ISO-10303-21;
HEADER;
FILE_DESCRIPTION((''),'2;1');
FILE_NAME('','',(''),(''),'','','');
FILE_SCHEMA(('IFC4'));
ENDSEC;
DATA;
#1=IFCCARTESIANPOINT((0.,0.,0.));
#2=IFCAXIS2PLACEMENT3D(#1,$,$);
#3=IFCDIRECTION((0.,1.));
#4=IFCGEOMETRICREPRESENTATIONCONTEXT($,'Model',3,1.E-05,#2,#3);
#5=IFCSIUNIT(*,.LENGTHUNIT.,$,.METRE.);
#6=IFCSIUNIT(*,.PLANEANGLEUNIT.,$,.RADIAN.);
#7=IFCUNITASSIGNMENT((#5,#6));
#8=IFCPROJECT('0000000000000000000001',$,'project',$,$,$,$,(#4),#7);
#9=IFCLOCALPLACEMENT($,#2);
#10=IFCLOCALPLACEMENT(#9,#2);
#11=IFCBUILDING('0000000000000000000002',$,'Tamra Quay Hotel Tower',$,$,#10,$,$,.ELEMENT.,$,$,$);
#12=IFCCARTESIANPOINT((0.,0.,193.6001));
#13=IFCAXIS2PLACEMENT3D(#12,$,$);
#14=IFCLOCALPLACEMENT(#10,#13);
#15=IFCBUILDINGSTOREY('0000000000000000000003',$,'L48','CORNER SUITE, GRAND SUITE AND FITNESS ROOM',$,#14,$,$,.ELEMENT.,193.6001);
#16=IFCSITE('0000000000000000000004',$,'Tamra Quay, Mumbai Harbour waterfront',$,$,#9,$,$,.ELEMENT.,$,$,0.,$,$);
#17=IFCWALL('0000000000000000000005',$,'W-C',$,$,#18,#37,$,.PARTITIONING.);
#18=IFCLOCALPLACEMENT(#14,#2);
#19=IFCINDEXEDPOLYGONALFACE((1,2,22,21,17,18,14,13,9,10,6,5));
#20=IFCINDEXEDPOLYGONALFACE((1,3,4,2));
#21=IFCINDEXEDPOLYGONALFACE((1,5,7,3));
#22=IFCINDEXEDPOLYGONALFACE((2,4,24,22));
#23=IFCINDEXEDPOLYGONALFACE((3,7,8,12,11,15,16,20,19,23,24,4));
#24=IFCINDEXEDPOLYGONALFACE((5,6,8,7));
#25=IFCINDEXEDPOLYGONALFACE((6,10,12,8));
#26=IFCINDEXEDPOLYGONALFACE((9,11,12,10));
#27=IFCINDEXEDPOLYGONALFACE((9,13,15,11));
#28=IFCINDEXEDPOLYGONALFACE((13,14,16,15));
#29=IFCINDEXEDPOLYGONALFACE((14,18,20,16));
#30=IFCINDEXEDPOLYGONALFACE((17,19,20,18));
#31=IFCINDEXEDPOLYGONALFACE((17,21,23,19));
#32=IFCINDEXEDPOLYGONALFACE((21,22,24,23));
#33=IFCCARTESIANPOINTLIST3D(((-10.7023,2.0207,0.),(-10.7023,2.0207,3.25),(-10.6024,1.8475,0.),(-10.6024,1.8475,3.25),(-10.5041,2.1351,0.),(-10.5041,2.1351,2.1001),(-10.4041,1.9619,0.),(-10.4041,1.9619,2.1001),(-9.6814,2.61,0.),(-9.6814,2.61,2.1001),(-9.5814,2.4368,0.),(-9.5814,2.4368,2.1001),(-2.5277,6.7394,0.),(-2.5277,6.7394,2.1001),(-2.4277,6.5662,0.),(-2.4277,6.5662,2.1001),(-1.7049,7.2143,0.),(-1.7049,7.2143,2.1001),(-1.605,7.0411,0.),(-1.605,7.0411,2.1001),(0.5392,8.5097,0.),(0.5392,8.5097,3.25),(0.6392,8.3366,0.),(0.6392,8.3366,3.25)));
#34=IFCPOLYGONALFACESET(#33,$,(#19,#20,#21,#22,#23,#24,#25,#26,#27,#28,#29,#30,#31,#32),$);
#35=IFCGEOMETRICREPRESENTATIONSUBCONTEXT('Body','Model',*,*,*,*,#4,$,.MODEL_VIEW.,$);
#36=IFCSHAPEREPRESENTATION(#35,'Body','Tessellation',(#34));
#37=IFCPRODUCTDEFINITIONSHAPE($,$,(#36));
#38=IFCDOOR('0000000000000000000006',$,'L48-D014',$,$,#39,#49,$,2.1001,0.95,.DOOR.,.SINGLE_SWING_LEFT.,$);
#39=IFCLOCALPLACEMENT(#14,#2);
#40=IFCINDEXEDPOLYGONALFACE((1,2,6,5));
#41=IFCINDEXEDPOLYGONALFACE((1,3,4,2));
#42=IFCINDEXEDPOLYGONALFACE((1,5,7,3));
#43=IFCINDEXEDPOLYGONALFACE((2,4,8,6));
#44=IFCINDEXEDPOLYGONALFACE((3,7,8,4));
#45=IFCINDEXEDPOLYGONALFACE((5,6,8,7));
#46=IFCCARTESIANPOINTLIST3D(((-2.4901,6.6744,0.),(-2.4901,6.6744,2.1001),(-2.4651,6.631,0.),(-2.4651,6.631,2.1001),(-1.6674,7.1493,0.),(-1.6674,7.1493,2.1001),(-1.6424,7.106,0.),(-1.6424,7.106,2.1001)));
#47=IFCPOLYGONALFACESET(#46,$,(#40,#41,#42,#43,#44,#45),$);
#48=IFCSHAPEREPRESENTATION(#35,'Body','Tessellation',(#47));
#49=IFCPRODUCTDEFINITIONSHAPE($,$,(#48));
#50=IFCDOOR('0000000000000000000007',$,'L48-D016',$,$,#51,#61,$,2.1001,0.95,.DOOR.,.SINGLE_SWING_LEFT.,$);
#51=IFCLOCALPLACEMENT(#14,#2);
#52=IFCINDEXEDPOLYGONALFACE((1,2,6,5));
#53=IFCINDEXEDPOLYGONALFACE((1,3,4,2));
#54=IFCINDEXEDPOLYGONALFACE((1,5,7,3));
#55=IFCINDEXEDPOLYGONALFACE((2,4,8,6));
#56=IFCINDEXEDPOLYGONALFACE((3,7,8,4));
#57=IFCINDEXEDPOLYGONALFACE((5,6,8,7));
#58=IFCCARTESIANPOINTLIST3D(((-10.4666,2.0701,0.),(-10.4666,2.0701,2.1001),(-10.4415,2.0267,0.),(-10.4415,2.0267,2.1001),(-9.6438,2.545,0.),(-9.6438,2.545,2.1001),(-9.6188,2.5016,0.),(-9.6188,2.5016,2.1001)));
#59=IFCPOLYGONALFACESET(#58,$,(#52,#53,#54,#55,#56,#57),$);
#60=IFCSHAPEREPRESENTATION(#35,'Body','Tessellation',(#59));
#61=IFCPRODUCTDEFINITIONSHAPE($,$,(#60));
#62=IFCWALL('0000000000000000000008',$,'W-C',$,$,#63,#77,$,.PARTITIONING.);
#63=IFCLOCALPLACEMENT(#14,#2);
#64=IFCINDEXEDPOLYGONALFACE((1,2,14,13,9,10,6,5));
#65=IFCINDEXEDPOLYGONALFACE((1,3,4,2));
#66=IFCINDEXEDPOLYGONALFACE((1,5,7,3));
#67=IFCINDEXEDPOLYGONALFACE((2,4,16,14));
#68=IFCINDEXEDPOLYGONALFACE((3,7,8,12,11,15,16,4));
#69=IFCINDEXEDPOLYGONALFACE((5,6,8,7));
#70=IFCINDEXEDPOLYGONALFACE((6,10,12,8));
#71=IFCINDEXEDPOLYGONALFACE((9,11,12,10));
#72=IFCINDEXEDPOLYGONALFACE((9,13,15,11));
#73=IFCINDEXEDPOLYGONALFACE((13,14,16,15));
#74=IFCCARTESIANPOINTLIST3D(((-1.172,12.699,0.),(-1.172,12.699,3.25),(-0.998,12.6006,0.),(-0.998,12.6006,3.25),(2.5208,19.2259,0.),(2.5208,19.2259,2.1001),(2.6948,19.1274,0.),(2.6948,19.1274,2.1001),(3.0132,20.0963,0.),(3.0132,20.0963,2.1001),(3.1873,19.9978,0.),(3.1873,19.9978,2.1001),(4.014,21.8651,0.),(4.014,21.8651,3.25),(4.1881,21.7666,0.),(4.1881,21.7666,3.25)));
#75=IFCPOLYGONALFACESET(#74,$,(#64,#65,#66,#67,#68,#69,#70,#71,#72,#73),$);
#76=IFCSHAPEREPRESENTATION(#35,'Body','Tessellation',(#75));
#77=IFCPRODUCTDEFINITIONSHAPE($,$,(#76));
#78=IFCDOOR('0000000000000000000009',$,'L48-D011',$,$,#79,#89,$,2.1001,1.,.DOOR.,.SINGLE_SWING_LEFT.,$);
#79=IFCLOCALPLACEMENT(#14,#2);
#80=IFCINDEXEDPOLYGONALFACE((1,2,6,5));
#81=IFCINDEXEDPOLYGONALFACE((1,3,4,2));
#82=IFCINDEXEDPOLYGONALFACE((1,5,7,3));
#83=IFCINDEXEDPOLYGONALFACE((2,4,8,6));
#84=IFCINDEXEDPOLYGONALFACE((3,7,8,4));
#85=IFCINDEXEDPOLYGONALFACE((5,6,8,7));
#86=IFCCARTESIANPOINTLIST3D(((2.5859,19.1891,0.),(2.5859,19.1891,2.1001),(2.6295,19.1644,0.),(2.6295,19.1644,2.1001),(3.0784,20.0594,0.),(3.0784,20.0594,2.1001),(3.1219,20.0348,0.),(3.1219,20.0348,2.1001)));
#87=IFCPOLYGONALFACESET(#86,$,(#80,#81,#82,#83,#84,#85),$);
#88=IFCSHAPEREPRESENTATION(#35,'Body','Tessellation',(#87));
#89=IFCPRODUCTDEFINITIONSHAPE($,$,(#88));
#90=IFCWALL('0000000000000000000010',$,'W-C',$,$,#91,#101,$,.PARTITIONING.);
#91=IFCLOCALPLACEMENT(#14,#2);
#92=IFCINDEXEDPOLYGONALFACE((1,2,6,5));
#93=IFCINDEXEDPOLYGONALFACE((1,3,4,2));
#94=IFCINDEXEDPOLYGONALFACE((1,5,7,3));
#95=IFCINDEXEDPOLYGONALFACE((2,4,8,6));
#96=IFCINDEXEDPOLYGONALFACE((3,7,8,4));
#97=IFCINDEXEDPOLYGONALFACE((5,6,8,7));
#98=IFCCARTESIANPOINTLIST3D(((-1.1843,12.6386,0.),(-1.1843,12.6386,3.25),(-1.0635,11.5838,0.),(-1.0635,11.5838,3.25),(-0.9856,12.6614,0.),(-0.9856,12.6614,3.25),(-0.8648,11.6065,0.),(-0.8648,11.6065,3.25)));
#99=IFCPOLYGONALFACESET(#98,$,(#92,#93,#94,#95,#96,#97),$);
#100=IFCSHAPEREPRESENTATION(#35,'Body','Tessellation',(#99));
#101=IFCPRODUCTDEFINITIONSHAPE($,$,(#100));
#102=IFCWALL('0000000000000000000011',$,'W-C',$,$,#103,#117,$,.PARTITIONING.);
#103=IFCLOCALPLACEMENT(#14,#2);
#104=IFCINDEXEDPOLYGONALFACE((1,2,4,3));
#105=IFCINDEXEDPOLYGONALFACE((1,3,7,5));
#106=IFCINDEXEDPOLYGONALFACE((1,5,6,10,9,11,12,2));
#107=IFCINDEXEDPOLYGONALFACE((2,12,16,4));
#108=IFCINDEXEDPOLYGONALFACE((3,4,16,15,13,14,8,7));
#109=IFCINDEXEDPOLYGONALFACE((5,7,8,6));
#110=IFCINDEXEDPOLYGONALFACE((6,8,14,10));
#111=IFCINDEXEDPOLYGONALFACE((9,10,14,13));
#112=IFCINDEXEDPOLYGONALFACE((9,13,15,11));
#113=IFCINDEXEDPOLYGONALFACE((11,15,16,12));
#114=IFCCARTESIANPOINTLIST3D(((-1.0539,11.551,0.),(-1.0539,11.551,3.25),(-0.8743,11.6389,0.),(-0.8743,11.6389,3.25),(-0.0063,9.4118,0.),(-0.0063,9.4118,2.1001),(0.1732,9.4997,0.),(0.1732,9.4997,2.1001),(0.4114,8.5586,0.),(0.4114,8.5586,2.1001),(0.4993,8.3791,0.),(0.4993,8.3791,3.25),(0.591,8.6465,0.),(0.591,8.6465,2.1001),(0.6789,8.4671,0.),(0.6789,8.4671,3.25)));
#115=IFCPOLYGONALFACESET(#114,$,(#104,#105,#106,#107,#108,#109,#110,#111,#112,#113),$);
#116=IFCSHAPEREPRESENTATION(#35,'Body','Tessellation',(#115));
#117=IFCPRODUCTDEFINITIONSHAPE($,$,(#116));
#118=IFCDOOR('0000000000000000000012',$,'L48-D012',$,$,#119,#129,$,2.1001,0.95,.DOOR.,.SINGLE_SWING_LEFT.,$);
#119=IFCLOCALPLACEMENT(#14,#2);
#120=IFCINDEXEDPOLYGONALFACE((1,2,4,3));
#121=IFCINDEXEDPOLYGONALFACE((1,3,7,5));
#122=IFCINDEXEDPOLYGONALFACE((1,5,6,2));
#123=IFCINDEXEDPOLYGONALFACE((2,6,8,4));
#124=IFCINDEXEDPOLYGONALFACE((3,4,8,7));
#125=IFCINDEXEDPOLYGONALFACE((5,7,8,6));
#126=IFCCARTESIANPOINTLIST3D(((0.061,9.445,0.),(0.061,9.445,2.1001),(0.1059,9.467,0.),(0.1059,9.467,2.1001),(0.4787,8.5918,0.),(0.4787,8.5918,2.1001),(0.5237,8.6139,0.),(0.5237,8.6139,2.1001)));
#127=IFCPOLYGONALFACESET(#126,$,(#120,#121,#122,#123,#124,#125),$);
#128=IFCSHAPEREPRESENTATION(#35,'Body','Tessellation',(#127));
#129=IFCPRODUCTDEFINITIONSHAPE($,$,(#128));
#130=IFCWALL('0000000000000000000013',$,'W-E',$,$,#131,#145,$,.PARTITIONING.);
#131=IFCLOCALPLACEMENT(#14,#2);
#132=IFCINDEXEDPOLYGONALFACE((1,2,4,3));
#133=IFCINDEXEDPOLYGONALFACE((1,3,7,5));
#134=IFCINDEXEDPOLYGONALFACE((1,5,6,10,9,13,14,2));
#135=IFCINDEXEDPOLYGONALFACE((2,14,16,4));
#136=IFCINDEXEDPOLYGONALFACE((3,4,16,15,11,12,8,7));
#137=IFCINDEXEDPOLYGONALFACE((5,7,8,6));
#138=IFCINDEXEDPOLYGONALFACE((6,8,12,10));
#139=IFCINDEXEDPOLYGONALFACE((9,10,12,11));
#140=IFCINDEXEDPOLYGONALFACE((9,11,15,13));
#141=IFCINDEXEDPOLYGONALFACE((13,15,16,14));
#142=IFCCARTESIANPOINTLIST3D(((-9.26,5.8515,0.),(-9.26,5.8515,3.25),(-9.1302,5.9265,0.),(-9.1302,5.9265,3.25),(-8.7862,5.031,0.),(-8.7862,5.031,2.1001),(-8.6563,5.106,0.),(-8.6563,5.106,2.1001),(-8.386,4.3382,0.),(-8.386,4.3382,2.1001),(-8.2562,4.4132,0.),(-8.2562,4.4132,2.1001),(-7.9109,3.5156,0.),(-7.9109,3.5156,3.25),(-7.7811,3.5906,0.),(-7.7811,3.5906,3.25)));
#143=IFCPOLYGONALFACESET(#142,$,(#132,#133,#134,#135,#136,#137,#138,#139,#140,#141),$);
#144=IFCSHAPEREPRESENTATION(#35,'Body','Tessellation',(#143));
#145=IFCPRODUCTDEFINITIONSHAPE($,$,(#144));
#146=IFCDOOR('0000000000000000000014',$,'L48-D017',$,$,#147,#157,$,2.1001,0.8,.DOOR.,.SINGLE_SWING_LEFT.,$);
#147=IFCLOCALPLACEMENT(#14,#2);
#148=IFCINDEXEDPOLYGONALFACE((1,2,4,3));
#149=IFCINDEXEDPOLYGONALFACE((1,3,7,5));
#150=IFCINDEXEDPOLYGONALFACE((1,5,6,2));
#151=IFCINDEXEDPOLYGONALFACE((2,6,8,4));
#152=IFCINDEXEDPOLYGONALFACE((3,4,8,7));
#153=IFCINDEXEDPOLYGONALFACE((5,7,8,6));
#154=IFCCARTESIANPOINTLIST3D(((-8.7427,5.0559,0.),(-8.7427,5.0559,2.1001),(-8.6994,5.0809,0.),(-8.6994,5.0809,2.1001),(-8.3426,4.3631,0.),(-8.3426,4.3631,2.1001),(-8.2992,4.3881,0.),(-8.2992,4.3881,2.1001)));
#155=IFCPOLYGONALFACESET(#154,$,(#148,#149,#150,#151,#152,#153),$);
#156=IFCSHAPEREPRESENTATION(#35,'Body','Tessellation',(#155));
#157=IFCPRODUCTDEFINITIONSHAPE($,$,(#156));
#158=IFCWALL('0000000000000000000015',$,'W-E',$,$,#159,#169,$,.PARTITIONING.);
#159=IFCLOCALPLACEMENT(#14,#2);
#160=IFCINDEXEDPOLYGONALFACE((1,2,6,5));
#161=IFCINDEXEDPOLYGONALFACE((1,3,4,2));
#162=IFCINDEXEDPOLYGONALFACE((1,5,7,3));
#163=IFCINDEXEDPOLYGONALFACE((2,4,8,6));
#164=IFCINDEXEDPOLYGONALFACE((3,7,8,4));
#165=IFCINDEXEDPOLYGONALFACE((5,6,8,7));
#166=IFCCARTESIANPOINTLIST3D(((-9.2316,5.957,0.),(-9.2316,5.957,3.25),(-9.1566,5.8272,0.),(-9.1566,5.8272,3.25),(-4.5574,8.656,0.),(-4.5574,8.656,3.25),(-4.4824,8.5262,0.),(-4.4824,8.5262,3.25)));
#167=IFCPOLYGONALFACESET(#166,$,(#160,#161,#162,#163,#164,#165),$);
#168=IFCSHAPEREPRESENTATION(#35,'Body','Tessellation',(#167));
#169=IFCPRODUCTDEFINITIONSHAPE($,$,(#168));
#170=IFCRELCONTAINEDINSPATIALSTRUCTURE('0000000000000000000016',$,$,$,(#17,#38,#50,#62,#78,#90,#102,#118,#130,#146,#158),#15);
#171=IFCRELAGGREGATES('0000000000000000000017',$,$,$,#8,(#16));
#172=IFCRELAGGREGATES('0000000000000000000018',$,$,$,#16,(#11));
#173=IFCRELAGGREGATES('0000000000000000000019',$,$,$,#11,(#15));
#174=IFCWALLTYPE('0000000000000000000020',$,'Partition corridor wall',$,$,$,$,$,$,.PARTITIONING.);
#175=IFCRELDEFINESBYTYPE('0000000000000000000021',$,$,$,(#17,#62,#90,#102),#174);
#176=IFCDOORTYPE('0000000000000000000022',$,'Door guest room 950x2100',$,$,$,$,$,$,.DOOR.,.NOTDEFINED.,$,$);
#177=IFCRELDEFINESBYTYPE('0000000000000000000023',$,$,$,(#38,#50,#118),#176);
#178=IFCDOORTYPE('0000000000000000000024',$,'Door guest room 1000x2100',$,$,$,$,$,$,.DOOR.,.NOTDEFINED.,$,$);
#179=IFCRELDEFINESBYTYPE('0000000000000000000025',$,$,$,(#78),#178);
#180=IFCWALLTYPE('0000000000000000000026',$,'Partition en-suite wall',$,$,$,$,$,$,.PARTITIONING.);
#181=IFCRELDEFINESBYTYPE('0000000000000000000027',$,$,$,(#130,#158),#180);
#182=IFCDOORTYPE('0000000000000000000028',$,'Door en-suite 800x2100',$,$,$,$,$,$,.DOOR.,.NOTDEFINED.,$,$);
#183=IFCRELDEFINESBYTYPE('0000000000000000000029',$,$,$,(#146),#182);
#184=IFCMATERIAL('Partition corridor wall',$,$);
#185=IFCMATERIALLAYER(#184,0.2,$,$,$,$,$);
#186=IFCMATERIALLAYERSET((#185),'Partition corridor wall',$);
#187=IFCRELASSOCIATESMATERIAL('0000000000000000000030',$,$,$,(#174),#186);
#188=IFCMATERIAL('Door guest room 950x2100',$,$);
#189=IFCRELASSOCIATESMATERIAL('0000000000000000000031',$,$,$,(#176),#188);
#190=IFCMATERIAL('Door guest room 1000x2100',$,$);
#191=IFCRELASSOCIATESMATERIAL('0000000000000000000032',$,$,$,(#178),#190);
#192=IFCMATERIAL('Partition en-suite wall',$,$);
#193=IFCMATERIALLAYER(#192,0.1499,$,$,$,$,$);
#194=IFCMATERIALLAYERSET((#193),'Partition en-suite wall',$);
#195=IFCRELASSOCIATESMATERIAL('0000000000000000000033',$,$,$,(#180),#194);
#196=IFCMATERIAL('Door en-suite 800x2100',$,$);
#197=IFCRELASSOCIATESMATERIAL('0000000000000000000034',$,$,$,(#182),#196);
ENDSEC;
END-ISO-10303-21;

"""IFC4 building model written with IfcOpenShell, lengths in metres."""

from ifc_helpers import new_model, si_unit, direction, frame, frame_2d, origin, place, context, subcontext, project, spatial, rectangle, extrude, material, layer, layer_set, type_object, element, fill, save


model = new_model("IFC4")

# Units and contexts
model_context = context("Model", 3, precision=1e-05, world=origin(), true_north=direction((0.0, 1.0)))
body_context = subcontext(model_context, "Body", "Model", "MODEL_VIEW")
ifc_project = project(units=[si_unit("LENGTHUNIT", "METRE"), si_unit("PLANEANGLEUNIT", "RADIAN")], contexts=[model_context])

# Site, building, storey
site_placement = place(None, origin())
site = spatial("IfcSite", under=ifc_project, at=site_placement, Name="Tamra Quay, Mumbai Harbour waterfront", CompositionType="ELEMENT", RefElevation=0.0)
building_placement = place(site_placement, origin())
building = spatial("IfcBuilding", under=site, at=building_placement, Name="Tamra Quay Hotel Tower", CompositionType="ELEMENT")
storey_placement = place(building_placement, frame((0.0, 0.0, 193.6001)))
storey = spatial("IfcBuildingStorey", under=building, at=storey_placement, Name="L48", Description="CORNER SUITE, GRAND SUITE AND FITNESS ROOM", CompositionType="ELEMENT", Elevation=193.6001)

# Wall, openings, doors
ifc_material_1 = material(Name="Partition corridor wall")
ifc_layer_1 = layer(ifc_material_1, 0.2)
ifc_layer_set_1 = layer_set([ifc_layer_1], Name="Partition corridor wall")
wall_type_1 = type_object("IfcWallType", Name="Partition corridor wall", PredefinedType="PARTITIONING", material=ifc_layer_set_1)
wall_1_placement = place(storey_placement, frame((-10.6523, 1.9341, 0.0), z_axis=(0.0, 0.0, 1.0), x_axis=(0.866067, 0.499928, 0.0)))
wall_1 = element("IfcWall", 1, at=wall_1_placement, inside=storey, type_object=wall_type_1, Name="W-C", PredefinedType="PARTITIONING", context=body_context, shape_type="SweptSolid", body=[
    extrude(rectangle(XDim=12.98, YDim=0.2, at=frame_2d((6.49, 0.0))), origin(), (0.0, 0.0, 1.0), 3.25),
])
opening_1_placement = place(wall_1_placement, frame((9.4387, 0.0, 0.0)))
opening_1 = element("IfcOpeningElement", 2, at=opening_1_placement, cuts=wall_1, PredefinedType="OPENING", context=body_context, shape_type="SweptSolid", body=[
    extrude(rectangle(XDim=0.95, YDim=2.1001, at=frame_2d((0.4751, 1.05))), frame((0.0, 0.1099, 0.0), z_axis=(0.0, -1.0, 0.0), x_axis=(1.0, 0.0, 0.0)), (0.0, 0.0, 1.0), 0.22),
])
opening_2_placement = place(wall_1_placement, frame((0.2288, 0.0, 0.0)))
opening_2 = element("IfcOpeningElement", 3, at=opening_2_placement, cuts=wall_1, PredefinedType="OPENING", context=body_context, shape_type="SweptSolid", body=[
    extrude(rectangle(XDim=0.95, YDim=2.1001, at=frame_2d((0.4751, 1.05))), frame((0.0, 0.1099, 0.0), z_axis=(0.0, -1.0, 0.0), x_axis=(1.0, 0.0, 0.0)), (0.0, 0.0, 1.0), 0.22),
])
ifc_material_2 = material(Name="Door guest room 950x2100")
door_type_1 = type_object("IfcDoorType", Name="Door guest room 950x2100", OperationType="NOTDEFINED", PredefinedType="DOOR", material=ifc_material_2)
door_1_placement = place(opening_1_placement, origin())
door_1 = element("IfcDoor", 4, at=door_1_placement, inside=storey, type_object=door_type_1, Name="L48-D014", OperationType="SINGLE_SWING_LEFT", OverallHeight=2.1001, OverallWidth=0.95, PredefinedType="DOOR", context=body_context, shape_type="SweptSolid", body=[
    extrude(rectangle(XDim=0.95, YDim=2.1001, at=frame_2d((0.4751, 1.05))), frame((0.0, 0.0249, 0.0), z_axis=(0.0, -1.0, 0.0), x_axis=(1.0, 0.0, 0.0)), (0.0, 0.0, 1.0), 0.05),
])
fill(opening_1, door_1)
door_2_placement = place(opening_2_placement, origin())
door_2 = element("IfcDoor", 5, at=door_2_placement, inside=storey, type_object=door_type_1, Name="L48-D016", OperationType="SINGLE_SWING_LEFT", OverallHeight=2.1001, OverallWidth=0.95, PredefinedType="DOOR", context=body_context, shape_type="SweptSolid", body=[
    extrude(rectangle(XDim=0.95, YDim=2.1001, at=frame_2d((0.4751, 1.05))), frame((0.0, 0.0249, 0.0), z_axis=(0.0, -1.0, 0.0), x_axis=(1.0, 0.0, 0.0)), (0.0, 0.0, 1.0), 0.05),
])
fill(opening_2, door_2)

# Wall, opening, door
wall_2_placement = place(storey_placement, frame((-1.085, 12.6499, 0.0), z_axis=(0.0, 0.0, 1.0), x_axis=(0.492435, 0.870349, 0.0)))
wall_2 = element("IfcWall", 6, at=wall_2_placement, inside=storey, type_object=wall_type_1, Name="W-C", PredefinedType="PARTITIONING", context=body_context, shape_type="SweptSolid", body=[
    extrude(rectangle(XDim=10.5315, YDim=0.2, at=frame_2d((5.2656, 0.0))), origin(), (0.0, 0.0, 1.0), 3.25),
])
opening_3_placement = place(wall_2_placement, frame((7.499, 0.0, 0.0)))
opening_3 = element("IfcOpeningElement", 7, at=opening_3_placement, cuts=wall_2, PredefinedType="OPENING", context=body_context, shape_type="SweptSolid", body=[
    extrude(rectangle(XDim=1.0, YDim=2.1001, at=frame_2d((0.5, 1.05))), frame((0.0, 0.1099, 0.0), z_axis=(0.0, -1.0, 0.0), x_axis=(1.0, 0.0, 0.0)), (0.0, 0.0, 1.0), 0.22),
])
ifc_material_3 = material(Name="Door guest room 1000x2100")
door_type_2 = type_object("IfcDoorType", Name="Door guest room 1000x2100", OperationType="NOTDEFINED", PredefinedType="DOOR", material=ifc_material_3)
door_3_placement = place(opening_3_placement, frame((1.0, 0.0, 0.0), z_axis=(0.0, 0.0, 1.0), x_axis=(-1.0, 0.0, 0.0)))
door_3 = element("IfcDoor", 8, at=door_3_placement, inside=storey, type_object=door_type_2, Name="L48-D011", OperationType="SINGLE_SWING_LEFT", OverallHeight=2.1001, OverallWidth=1.0, PredefinedType="DOOR", context=body_context, shape_type="SweptSolid", body=[
    extrude(rectangle(XDim=1.0, YDim=2.1001, at=frame_2d((0.5, 1.05))), frame((0.0, 0.0249, 0.0), z_axis=(0.0, -1.0, 0.0), x_axis=(1.0, 0.0, 0.0)), (0.0, 0.0, 1.0), 0.05),
])
fill(opening_3, door_3)

# Wall
wall_3_placement = place(storey_placement, frame((-1.085, 12.6499, 0.0), z_axis=(0.0, 0.0, 1.0), x_axis=(0.113812, -0.993502, 0.0)))
element("IfcWall", 9, at=wall_3_placement, inside=storey, type_object=wall_type_1, Name="W-C", PredefinedType="PARTITIONING", context=body_context, shape_type="SweptSolid", body=[
    extrude(rectangle(XDim=1.0618, YDim=0.2, at=frame_2d((0.5308, 0.0))), origin(), (0.0, 0.0, 1.0), 3.25),
])

# Walls, openings, doors
wall_4_placement = place(storey_placement, frame((-0.9641, 11.595, 0.0), z_axis=(0.0, 0.0, 1.0), x_axis=(0.439788, -0.898102, 0.0)))
wall_4 = element("IfcWall", 10, at=wall_4_placement, inside=storey, type_object=wall_type_1, Name="W-C", PredefinedType="PARTITIONING", context=body_context, shape_type="SweptSolid", body=[
    extrude(rectangle(XDim=3.5317, YDim=0.2, at=frame_2d((1.7659, 0.0))), origin(), (0.0, 0.0, 1.0), 3.25),
])
opening_4_placement = place(wall_4_placement, frame((2.3818, 0.0, 0.0)))
opening_4 = element("IfcOpeningElement", 11, at=opening_4_placement, cuts=wall_4, PredefinedType="OPENING", context=body_context, shape_type="SweptSolid", body=[
    extrude(rectangle(XDim=0.95, YDim=2.1001, at=frame_2d((0.4751, 1.05))), frame((0.0, 0.1099, 0.0), z_axis=(0.0, -1.0, 0.0), x_axis=(1.0, 0.0, 0.0)), (0.0, 0.0, 1.0), 0.22),
])
door_4_placement = place(opening_4_placement, frame((0.95, 0.0, 0.0), z_axis=(0.0, 0.0, 1.0), x_axis=(-1.0, 0.0, 0.0)))
door_4 = element("IfcDoor", 12, at=door_4_placement, inside=storey, type_object=door_type_1, Name="L48-D012", OperationType="SINGLE_SWING_LEFT", OverallHeight=2.1001, OverallWidth=0.95, PredefinedType="DOOR", context=body_context, shape_type="SweptSolid", body=[
    extrude(rectangle(XDim=0.95, YDim=2.1001, at=frame_2d((0.4751, 1.05))), frame((0.0, 0.0249, 0.0), z_axis=(0.0, -1.0, 0.0), x_axis=(1.0, 0.0, 0.0)), (0.0, 0.0, 1.0), 0.05),
])
fill(opening_4, door_4)
ifc_material_4 = material(Name="Partition en-suite wall")
ifc_layer_2 = layer(ifc_material_4, 0.1499)
ifc_layer_set_2 = layer_set([ifc_layer_2], Name="Partition en-suite wall")
wall_type_2 = type_object("IfcWallType", Name="Partition en-suite wall", PredefinedType="PARTITIONING", material=ifc_layer_set_2)
wall_5_placement = place(storey_placement, frame((-9.1951, 5.8889, 0.0), z_axis=(0.0, 0.0, 1.0), x_axis=(0.50013, -0.86595, 0.0)))
wall_5 = element("IfcWall", 13, at=wall_5_placement, inside=storey, type_object=wall_type_2, Name="W-E", PredefinedType="PARTITIONING", context=body_context, shape_type="SweptSolid", body=[
    extrude(rectangle(XDim=2.6975, YDim=0.1499, at=frame_2d((1.3486, 0.0))), origin(), (0.0, 0.0, 1.0), 3.25),
])
opening_5_placement = place(wall_5_placement, frame((0.9475, 0.0, 0.0)))
opening_5 = element("IfcOpeningElement", 14, at=opening_5_placement, cuts=wall_5, PredefinedType="OPENING", context=body_context, shape_type="SweptSolid", body=[
    extrude(rectangle(XDim=0.8, YDim=2.1001, at=frame_2d((0.3999, 1.05))), frame((0.0, 0.085, 0.0), z_axis=(0.0, -1.0, 0.0), x_axis=(1.0, 0.0, 0.0)), (0.0, 0.0, 1.0), 0.1699),
])
ifc_material_5 = material(Name="Door en-suite 800x2100")
door_type_3 = type_object("IfcDoorType", Name="Door en-suite 800x2100", OperationType="NOTDEFINED", PredefinedType="DOOR", material=ifc_material_5)
door_5_placement = place(opening_5_placement, frame((0.8, 0.0, 0.0), z_axis=(0.0, 0.0, 1.0), x_axis=(-1.0, 0.0, 0.0)))
door_5 = element("IfcDoor", 15, at=door_5_placement, inside=storey, type_object=door_type_3, Name="L48-D017", OperationType="SINGLE_SWING_LEFT", OverallHeight=2.1001, OverallWidth=0.8, PredefinedType="DOOR", context=body_context, shape_type="SweptSolid", body=[
    extrude(rectangle(XDim=0.8, YDim=2.1001, at=frame_2d((0.3999, 1.05))), frame((0.0, 0.0249, 0.0), z_axis=(0.0, -1.0, 0.0), x_axis=(1.0, 0.0, 0.0)), (0.0, 0.0, 1.0), 0.05),
])
fill(opening_5, door_5)

# Wall
wall_6_placement = place(storey_placement, frame((-9.1941, 5.8921, 0.0), z_axis=(0.0, 0.0, 1.0), x_axis=(0.865993, 0.500055, 0.0)))
element("IfcWall", 16, at=wall_6_placement, inside=storey, type_object=wall_type_2, Name="W-E", PredefinedType="PARTITIONING", context=body_context, shape_type="SweptSolid", body=[
    extrude(rectangle(XDim=5.3975, YDim=0.1499, at=frame_2d((2.6987, 0.0))), origin(), (0.0, 0.0, 1.0), 3.25),
])

save(model, "model.ifc")
